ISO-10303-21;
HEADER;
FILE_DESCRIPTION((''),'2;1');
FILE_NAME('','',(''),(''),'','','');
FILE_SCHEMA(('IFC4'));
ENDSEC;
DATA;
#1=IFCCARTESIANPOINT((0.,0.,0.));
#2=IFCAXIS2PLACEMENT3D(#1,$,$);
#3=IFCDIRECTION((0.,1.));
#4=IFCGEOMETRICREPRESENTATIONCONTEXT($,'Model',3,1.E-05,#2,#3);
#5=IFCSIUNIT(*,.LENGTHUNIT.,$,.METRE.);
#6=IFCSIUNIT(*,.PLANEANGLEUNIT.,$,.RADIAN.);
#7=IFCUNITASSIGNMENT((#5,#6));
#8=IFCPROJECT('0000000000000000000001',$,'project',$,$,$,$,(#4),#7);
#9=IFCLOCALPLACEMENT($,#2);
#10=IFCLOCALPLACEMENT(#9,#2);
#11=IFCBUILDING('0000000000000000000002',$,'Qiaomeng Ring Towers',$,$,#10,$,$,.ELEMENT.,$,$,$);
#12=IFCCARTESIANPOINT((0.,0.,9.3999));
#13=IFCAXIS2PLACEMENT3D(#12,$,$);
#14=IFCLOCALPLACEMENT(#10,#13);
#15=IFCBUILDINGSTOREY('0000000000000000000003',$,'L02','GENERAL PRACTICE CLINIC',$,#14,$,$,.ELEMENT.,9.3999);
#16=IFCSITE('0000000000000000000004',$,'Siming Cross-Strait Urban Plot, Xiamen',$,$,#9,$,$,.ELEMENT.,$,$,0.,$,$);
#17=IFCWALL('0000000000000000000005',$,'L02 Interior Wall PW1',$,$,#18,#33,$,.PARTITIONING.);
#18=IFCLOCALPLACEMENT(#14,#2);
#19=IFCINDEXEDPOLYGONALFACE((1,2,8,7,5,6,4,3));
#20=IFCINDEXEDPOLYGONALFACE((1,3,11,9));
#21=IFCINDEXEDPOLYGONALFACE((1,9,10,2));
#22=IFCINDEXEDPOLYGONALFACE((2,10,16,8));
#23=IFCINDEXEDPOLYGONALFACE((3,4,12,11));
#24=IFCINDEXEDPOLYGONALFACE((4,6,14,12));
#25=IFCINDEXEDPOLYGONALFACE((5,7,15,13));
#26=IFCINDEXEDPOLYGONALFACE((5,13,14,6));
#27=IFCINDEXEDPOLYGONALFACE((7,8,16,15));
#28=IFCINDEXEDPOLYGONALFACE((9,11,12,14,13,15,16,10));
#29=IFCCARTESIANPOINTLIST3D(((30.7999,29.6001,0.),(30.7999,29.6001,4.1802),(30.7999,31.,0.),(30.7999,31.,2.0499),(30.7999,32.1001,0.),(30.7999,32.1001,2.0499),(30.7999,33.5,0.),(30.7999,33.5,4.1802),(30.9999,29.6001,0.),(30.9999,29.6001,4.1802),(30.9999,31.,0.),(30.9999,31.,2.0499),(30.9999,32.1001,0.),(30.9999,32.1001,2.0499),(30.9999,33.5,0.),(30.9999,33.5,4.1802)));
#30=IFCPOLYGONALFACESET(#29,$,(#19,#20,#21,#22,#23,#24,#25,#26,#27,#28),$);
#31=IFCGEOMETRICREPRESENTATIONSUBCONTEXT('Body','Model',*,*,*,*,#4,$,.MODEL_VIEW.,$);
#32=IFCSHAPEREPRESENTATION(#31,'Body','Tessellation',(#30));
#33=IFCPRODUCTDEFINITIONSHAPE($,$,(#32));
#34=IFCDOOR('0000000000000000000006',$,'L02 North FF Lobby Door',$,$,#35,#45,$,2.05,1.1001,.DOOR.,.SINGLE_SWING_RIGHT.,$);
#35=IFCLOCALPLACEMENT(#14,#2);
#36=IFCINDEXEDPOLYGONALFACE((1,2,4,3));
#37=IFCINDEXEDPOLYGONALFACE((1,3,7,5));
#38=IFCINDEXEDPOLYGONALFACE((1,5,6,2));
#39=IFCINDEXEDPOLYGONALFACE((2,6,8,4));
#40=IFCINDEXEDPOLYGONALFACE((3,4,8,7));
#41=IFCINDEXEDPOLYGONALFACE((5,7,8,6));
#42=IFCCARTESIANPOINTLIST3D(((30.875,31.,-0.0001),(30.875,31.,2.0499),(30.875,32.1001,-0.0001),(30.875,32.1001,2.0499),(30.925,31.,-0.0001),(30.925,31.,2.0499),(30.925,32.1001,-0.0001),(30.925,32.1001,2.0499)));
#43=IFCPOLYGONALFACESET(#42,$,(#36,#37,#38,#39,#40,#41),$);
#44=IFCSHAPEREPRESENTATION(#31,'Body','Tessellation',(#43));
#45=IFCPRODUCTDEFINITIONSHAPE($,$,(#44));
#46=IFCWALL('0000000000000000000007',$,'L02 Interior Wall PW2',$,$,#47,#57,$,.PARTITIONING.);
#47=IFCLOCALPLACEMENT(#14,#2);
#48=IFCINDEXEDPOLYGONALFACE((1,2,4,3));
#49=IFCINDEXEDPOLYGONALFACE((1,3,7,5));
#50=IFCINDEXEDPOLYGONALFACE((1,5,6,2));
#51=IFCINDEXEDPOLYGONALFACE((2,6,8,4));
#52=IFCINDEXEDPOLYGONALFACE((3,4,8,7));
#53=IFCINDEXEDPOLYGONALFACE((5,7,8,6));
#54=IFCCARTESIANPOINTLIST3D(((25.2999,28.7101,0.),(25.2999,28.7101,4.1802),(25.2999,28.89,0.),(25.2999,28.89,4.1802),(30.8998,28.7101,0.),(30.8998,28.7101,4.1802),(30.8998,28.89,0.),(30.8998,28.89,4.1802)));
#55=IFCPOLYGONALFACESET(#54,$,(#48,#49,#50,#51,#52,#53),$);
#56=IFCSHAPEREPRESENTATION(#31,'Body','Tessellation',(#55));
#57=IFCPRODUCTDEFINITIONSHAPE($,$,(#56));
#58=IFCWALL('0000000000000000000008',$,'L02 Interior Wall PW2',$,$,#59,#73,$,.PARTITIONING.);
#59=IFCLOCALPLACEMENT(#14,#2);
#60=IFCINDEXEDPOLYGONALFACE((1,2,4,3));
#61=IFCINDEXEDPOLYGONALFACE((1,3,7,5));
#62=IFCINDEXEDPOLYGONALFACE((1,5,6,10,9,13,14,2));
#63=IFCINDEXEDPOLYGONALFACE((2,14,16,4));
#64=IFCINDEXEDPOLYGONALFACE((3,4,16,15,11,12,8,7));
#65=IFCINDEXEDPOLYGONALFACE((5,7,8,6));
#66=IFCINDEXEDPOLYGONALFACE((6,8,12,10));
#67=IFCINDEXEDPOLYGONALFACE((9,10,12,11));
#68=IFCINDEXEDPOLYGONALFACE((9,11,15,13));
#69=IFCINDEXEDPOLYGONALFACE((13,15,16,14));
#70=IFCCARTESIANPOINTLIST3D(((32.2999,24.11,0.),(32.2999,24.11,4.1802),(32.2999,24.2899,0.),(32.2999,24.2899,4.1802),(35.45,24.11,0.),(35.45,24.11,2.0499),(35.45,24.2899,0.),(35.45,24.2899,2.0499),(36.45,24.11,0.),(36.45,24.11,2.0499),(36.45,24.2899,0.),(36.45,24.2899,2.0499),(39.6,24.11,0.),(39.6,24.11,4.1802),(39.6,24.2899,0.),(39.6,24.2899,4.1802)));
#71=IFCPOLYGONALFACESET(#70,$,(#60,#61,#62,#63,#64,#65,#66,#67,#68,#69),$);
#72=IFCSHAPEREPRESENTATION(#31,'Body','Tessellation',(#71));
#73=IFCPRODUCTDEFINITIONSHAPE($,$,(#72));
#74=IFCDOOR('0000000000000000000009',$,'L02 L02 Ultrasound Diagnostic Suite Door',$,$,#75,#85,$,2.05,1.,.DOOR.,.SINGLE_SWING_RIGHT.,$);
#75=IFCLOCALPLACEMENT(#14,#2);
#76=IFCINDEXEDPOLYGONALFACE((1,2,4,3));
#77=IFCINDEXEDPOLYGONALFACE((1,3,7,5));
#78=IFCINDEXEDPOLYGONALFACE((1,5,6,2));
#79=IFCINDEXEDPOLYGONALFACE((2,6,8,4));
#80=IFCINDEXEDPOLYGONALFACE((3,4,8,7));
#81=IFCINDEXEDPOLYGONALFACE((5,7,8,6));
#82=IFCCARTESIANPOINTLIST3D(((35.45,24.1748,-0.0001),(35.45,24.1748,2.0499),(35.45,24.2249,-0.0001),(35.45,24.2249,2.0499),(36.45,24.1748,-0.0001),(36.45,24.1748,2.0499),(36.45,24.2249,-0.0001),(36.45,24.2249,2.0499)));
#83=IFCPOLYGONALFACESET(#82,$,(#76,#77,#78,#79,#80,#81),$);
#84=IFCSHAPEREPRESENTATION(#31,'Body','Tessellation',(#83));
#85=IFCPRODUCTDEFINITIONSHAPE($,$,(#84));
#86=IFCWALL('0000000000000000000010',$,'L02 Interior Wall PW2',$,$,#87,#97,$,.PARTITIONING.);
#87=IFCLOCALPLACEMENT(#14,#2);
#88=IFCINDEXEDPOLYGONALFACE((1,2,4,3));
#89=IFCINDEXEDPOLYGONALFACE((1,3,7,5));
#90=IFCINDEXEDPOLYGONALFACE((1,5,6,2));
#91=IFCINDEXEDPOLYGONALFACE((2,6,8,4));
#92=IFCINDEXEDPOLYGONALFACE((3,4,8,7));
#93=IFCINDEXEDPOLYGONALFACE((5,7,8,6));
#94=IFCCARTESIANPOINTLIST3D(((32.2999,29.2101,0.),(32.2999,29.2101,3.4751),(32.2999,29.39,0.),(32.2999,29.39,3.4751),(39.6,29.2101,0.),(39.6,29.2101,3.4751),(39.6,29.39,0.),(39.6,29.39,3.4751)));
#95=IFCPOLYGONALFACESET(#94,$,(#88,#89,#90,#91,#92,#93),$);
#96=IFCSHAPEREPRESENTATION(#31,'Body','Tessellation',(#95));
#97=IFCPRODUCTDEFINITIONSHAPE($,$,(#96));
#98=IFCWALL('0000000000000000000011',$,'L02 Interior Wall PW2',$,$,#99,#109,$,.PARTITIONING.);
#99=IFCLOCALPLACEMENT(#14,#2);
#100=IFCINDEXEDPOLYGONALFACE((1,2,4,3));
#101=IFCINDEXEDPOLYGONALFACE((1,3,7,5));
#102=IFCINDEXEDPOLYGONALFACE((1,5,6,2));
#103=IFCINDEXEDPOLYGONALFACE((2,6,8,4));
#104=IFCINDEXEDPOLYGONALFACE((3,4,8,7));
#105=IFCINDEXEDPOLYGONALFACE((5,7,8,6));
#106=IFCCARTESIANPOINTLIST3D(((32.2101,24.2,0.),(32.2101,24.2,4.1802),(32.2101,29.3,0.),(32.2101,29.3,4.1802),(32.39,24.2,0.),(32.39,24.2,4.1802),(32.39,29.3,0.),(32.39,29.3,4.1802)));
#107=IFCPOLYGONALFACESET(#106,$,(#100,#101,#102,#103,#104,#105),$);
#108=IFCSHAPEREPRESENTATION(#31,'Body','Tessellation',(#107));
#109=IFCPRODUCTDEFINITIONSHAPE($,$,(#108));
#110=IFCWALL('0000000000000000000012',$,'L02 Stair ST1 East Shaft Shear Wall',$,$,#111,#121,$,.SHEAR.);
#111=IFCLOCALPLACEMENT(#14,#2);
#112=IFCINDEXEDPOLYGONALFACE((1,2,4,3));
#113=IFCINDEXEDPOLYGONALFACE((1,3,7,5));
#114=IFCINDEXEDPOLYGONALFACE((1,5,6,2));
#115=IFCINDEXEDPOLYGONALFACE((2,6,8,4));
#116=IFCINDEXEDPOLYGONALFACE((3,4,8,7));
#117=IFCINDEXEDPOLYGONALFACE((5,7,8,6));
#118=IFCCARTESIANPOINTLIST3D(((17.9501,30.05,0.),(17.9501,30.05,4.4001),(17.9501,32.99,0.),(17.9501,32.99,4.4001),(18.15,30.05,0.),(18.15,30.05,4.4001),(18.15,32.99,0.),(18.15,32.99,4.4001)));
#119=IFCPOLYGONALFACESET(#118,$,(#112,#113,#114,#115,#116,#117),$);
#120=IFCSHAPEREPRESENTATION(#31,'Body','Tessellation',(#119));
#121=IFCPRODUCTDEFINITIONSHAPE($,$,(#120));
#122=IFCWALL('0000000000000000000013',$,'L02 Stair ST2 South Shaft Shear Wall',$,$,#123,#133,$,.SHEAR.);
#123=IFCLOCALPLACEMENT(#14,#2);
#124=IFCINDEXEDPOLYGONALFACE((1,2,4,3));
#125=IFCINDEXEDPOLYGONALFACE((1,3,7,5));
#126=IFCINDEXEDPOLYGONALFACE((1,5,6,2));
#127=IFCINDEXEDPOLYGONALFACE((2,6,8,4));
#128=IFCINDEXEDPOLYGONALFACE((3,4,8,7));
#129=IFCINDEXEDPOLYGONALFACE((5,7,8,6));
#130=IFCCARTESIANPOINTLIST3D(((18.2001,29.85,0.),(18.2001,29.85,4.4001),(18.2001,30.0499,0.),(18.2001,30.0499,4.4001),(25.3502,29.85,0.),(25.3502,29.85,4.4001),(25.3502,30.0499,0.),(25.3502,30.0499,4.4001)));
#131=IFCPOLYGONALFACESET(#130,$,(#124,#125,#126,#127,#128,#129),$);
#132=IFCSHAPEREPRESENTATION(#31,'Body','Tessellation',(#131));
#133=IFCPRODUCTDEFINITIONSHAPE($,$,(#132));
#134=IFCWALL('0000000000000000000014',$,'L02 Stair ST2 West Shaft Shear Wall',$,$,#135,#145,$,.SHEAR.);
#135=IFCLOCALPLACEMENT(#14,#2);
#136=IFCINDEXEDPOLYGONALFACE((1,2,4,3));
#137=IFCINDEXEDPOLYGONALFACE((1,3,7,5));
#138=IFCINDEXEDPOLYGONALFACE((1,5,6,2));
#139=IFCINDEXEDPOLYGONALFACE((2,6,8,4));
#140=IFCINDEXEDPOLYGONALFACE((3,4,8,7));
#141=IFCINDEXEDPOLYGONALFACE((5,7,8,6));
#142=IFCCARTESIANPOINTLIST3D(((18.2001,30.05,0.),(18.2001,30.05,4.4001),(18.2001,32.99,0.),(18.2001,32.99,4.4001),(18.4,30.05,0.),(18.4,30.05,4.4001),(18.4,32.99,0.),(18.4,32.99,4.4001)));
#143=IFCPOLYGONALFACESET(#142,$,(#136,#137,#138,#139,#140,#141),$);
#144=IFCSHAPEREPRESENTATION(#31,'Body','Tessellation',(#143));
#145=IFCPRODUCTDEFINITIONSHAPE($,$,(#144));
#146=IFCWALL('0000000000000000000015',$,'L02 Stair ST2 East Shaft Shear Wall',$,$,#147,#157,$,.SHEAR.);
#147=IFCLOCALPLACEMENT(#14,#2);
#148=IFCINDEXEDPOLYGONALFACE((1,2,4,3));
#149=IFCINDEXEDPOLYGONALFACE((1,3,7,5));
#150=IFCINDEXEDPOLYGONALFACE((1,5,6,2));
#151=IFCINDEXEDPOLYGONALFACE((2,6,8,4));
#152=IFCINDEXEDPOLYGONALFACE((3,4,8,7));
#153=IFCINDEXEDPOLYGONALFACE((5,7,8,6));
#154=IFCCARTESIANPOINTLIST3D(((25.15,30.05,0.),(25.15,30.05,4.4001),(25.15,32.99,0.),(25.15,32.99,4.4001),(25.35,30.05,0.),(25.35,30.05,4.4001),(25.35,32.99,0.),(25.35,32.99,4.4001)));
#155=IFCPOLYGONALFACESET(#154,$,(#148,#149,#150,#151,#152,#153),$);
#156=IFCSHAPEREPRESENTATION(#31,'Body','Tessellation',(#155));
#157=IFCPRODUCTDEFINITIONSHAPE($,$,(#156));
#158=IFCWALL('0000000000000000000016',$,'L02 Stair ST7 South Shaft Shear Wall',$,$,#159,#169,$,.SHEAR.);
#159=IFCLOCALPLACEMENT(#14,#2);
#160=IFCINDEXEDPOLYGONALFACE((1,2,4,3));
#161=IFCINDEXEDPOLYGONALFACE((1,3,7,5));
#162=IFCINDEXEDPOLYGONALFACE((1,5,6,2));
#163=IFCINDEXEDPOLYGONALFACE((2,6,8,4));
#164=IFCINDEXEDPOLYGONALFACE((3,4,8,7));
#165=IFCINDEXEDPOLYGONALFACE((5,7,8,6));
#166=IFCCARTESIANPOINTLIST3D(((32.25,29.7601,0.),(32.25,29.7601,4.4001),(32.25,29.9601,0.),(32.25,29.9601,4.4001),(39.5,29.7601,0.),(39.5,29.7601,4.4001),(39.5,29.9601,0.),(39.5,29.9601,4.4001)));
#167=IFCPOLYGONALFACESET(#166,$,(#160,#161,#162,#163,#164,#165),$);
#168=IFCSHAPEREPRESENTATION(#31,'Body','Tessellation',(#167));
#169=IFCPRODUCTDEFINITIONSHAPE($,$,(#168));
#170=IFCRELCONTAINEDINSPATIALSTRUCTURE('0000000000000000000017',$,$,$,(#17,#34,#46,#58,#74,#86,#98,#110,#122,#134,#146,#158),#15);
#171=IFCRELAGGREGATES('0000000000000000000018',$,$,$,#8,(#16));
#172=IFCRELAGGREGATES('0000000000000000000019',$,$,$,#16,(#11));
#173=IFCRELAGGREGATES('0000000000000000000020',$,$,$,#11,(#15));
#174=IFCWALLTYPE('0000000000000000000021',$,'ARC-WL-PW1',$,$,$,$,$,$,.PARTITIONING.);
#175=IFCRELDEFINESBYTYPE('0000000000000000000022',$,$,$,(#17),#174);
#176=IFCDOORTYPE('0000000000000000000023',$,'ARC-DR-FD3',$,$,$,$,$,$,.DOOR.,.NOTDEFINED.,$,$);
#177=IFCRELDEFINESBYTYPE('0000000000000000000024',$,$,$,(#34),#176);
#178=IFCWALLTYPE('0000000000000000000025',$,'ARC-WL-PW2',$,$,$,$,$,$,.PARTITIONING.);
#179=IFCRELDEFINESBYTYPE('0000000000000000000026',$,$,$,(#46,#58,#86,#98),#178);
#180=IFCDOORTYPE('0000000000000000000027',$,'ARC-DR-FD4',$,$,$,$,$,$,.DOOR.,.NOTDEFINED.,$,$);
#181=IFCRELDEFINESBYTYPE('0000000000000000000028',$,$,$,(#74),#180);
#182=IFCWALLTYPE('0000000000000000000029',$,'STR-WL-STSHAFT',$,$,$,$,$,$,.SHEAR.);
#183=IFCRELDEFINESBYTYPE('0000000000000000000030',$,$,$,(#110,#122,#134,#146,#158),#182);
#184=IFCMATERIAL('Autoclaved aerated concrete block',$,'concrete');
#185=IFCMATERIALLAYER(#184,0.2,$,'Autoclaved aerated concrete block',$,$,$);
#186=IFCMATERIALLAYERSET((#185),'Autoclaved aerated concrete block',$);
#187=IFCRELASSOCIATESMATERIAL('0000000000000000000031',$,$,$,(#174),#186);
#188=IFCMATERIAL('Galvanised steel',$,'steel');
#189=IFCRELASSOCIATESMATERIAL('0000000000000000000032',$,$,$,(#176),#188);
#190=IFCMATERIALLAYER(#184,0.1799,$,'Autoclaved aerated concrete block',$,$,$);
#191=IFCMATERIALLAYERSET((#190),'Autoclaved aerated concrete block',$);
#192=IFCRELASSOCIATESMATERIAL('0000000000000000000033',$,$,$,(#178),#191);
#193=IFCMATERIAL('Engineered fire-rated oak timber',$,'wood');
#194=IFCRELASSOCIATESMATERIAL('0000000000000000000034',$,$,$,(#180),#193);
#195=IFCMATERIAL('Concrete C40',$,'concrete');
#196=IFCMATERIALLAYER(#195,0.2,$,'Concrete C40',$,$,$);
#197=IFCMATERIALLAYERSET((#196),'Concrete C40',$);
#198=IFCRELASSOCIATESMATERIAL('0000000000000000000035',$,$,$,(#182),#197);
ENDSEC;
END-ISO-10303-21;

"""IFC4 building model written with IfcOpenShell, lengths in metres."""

from ifc_helpers import new_model, si_unit, direction, frame, frame_2d, origin, place, context, subcontext, project, spatial, rectangle, extrude, source, transform, mapped, material, layer, layer_set, type_object, element, fill, save


model = new_model("IFC4")

# Units and contexts
model_context = context("Model", 3, precision=1e-05, world=origin(), true_north=direction((0.0, 1.0)))
body_context = subcontext(model_context, "Body", "Model", "MODEL_VIEW")
ifc_project = project(units=[si_unit("LENGTHUNIT", "METRE"), si_unit("PLANEANGLEUNIT", "RADIAN")], contexts=[model_context])

# Site, building, storey
site_placement = place(None, origin())
site = spatial("IfcSite", under=ifc_project, at=site_placement, Name="Siming Cross-Strait Urban Plot, Xiamen", CompositionType="ELEMENT", RefElevation=0.0)
building_placement = place(site_placement, origin())
building = spatial("IfcBuilding", under=site, at=building_placement, Name="Qiaomeng Ring Towers", CompositionType="ELEMENT")
storey_placement = place(building_placement, frame((0.0, 0.0, 9.3999)))
storey = spatial("IfcBuildingStorey", under=building, at=storey_placement, Name="L02", Description="GENERAL PRACTICE CLINIC", CompositionType="ELEMENT", Elevation=9.3999)

# Shared definitions
ifc_material_1 = material(Name="Autoclaved aerated concrete block", Category="concrete")
ifc_layer_1 = layer(ifc_material_1, 0.2, Name="Autoclaved aerated concrete block")
ifc_layer_set_1 = layer_set([ifc_layer_1], Name="Autoclaved aerated concrete block")
wall_type_1 = type_object("IfcWallType", Name="ARC-WL-PW1", PredefinedType="PARTITIONING", material=ifc_layer_set_1)

# Wall, opening, door
wall_1_placement = place(storey_placement, frame((30.8999, 29.6001, 0.0), z_axis=(0.0, 0.0, 1.0), x_axis=(0.0, 1.0, 0.0)))
wall_1 = element("IfcWall", 1, at=wall_1_placement, inside=storey, type_object=wall_type_1, Name="L02 Interior Wall PW1", PredefinedType="PARTITIONING", context=body_context, shape_type="SweptSolid", body=[
    extrude(rectangle(XDim=3.8999, YDim=0.2, at=frame_2d((1.95, 0.0))), origin(), (0.0, 0.0, 1.0), 4.1802),
])
opening_1_placement = place(wall_1_placement, frame((1.3999, 0.0, 0.0)))
opening_1 = element("IfcOpeningElement", 2, at=opening_1_placement, cuts=wall_1, PredefinedType="OPENING", context=body_context, shape_type="SweptSolid", body=[
    extrude(rectangle(XDim=1.1001, YDim=2.05, at=frame_2d((0.55, 1.0249))), frame((0.0, 0.1099, 0.0), z_axis=(0.0, -1.0, 0.0), x_axis=(1.0, 0.0, 0.0)), (0.0, 0.0, 1.0), 0.22),
])
ifc_material_2 = material(Name="Galvanised steel", Category="steel")
door_type_1 = type_object("IfcDoorType", Name="ARC-DR-FD3", OperationType="NOTDEFINED", PredefinedType="DOOR", material=ifc_material_2)
shared_shape_1 = source(origin(), body_context, "Body", "SweptSolid", [
    extrude(rectangle(XDim=1.1001, YDim=2.05, at=frame_2d((0.55, 1.0249))), frame((0.0, 0.0249, 0.0), z_axis=(0.0, -1.0, 0.0), x_axis=(1.0, 0.0, 0.0)), (0.0, 0.0, 1.0), 0.05),
])
door_1_placement = place(opening_1_placement, origin())
door_1 = element("IfcDoor", 3, at=door_1_placement, inside=storey, type_object=door_type_1, Name="L02 North FF Lobby Door", OperationType="SINGLE_SWING_RIGHT", OverallHeight=2.05, OverallWidth=1.1001, PredefinedType="DOOR", context=body_context, shape_type="MappedRepresentation", body=[
    mapped(shared_shape_1, transform((0.0, 0.0, 0.0), x_axis=(1.0, 0.0, 0.0), y_axis=(0.0, 1.0, 0.0), z_axis=(0.0, 0.0, 1.0), scale=1.0)),
])
fill(opening_1, door_1)

# Wall
ifc_layer_2 = layer(ifc_material_1, 0.1799, Name="Autoclaved aerated concrete block")
ifc_layer_set_2 = layer_set([ifc_layer_2], Name="Autoclaved aerated concrete block")
wall_type_2 = type_object("IfcWallType", Name="ARC-WL-PW2", PredefinedType="PARTITIONING", material=ifc_layer_set_2)
wall_2_placement = place(storey_placement, frame((25.3, 28.8, 0.0), z_axis=(0.0, 0.0, 1.0), x_axis=(1.0, 0.0, 0.0)))
element("IfcWall", 4, at=wall_2_placement, inside=storey, type_object=wall_type_2, Name="L02 Interior Wall PW2", PredefinedType="PARTITIONING", context=body_context, shape_type="SweptSolid", body=[
    extrude(rectangle(XDim=5.5999, YDim=0.1799, at=frame_2d((2.7998, 0.0))), origin(), (0.0, 0.0, 1.0), 4.1802),
])

# Wall, opening, door
wall_3_placement = place(storey_placement, frame((32.3, 24.2, 0.0), z_axis=(0.0, 0.0, 1.0), x_axis=(1.0, 0.0, 0.0)))
wall_3 = element("IfcWall", 5, at=wall_3_placement, inside=storey, type_object=wall_type_2, Name="L02 Interior Wall PW2", PredefinedType="PARTITIONING", context=body_context, shape_type="SweptSolid", body=[
    extrude(rectangle(XDim=7.3, YDim=0.1799, at=frame_2d((3.6499, 0.0))), origin(), (0.0, 0.0, 1.0), 4.1802),
])
opening_2_placement = place(wall_3_placement, frame((3.1499, 0.0, 0.0)))
opening_2 = element("IfcOpeningElement", 6, at=opening_2_placement, cuts=wall_3, PredefinedType="OPENING", context=body_context, shape_type="SweptSolid", body=[
    extrude(rectangle(XDim=1.0, YDim=2.05, at=frame_2d((0.5, 1.0249))), frame((0.0, 0.0999, 0.0), z_axis=(0.0, -1.0, 0.0), x_axis=(1.0, 0.0, 0.0)), (0.0, 0.0, 1.0), 0.2),
])
ifc_material_3 = material(Name="Engineered fire-rated oak timber", Category="wood")
door_type_2 = type_object("IfcDoorType", Name="ARC-DR-FD4", OperationType="NOTDEFINED", PredefinedType="DOOR", material=ifc_material_3)
shared_shape_2 = source(origin(), body_context, "Body", "SweptSolid", [
    extrude(rectangle(XDim=1.0, YDim=2.05, at=frame_2d((0.5, 1.0249))), frame((0.0, 0.0249, 0.0), z_axis=(0.0, -1.0, 0.0), x_axis=(1.0, 0.0, 0.0)), (0.0, 0.0, 1.0), 0.05),
])
door_2_placement = place(opening_2_placement, origin())
door_2 = element("IfcDoor", 7, at=door_2_placement, inside=storey, type_object=door_type_2, Name="L02 L02 Ultrasound Diagnostic Suite Door", OperationType="SINGLE_SWING_RIGHT", OverallHeight=2.05, OverallWidth=1.0, PredefinedType="DOOR", context=body_context, shape_type="MappedRepresentation", body=[
    mapped(shared_shape_2, transform((0.0, 0.0, 0.0), x_axis=(1.0, 0.0, 0.0), y_axis=(0.0, 1.0, 0.0), z_axis=(0.0, 0.0, 1.0), scale=1.0)),
])
fill(opening_2, door_2)

# Walls
wall_4_placement = place(storey_placement, frame((32.3, 29.3, 0.0), z_axis=(0.0, 0.0, 1.0), x_axis=(1.0, 0.0, 0.0)))
element("IfcWall", 8, at=wall_4_placement, inside=storey, type_object=wall_type_2, Name="L02 Interior Wall PW2", PredefinedType="PARTITIONING", context=body_context, shape_type="SweptSolid", body=[
    extrude(rectangle(XDim=7.3, YDim=0.1799, at=frame_2d((3.6499, 0.0))), origin(), (0.0, 0.0, 1.0), 3.4751),
])
wall_5_placement = place(storey_placement, frame((32.3, 24.2, 0.0), z_axis=(0.0, 0.0, 1.0), x_axis=(0.0, 1.0, 0.0)))
element("IfcWall", 9, at=wall_5_placement, inside=storey, type_object=wall_type_2, Name="L02 Interior Wall PW2", PredefinedType="PARTITIONING", context=body_context, shape_type="SweptSolid", body=[
    extrude(rectangle(XDim=5.1001, YDim=0.1799, at=frame_2d((2.55, 0.0))), origin(), (0.0, 0.0, 1.0), 4.1802),
])
ifc_material_4 = material(Name="Concrete C40", Category="concrete")
ifc_layer_3 = layer(ifc_material_4, 0.2, Name="Concrete C40")
ifc_layer_set_3 = layer_set([ifc_layer_3], Name="Concrete C40")
wall_type_3 = type_object("IfcWallType", Name="STR-WL-STSHAFT", PredefinedType="SHEAR", material=ifc_layer_set_3)
wall_6_placement = place(storey_placement, frame((18.05, 30.05, 0.0), z_axis=(0.0, 0.0, 1.0), x_axis=(0.0, 1.0, 0.0)))
element("IfcWall", 10, at=wall_6_placement, inside=storey, type_object=wall_type_3, Name="L02 Stair ST1 East Shaft Shear Wall", PredefinedType="SHEAR", context=body_context, shape_type="SweptSolid", body=[
    extrude(rectangle(XDim=2.9399, YDim=0.2, at=frame_2d((1.47, 0.0))), origin(), (0.0, 0.0, 1.0), 4.4001),
])
wall_7_placement = place(storey_placement, frame((18.2, 29.95, 0.0), z_axis=(0.0, 0.0, 1.0), x_axis=(1.0, 0.0, 0.0)))
element("IfcWall", 11, at=wall_7_placement, inside=storey, type_object=wall_type_3, Name="L02 Stair ST2 South Shaft Shear Wall", PredefinedType="SHEAR", context=body_context, shape_type="SweptSolid", body=[
    extrude(rectangle(XDim=7.1501, YDim=0.2, at=frame_2d((3.5752, 0.0))), origin(), (0.0, 0.0, 1.0), 4.4001),
])
for number, where, z_axis, x_axis, name in (
    (12, (18.3, 30.05, 0.0), (0.0, 0.0, 1.0), (0.0, 1.0, 0.0), "L02 Stair ST2 West Shaft Shear Wall"),
    (13, (25.25, 30.05, 0.0), (0.0, 0.0, 1.0), (0.0, 1.0, 0.0), "L02 Stair ST2 East Shaft Shear Wall"),
):
    element("IfcWall", number, at=place(storey_placement, frame(where, z_axis=z_axis, x_axis=x_axis)), inside=storey, type_object=wall_type_3, Name=name, PredefinedType="SHEAR", context=body_context, shape_type="SweptSolid", body=[
        extrude(rectangle(XDim=2.9399, YDim=0.2, at=frame_2d((1.47, 0.0))), origin(), (0.0, 0.0, 1.0), 4.4001),
    ])
wall_8_placement = place(storey_placement, frame((32.25, 29.8601, 0.0), z_axis=(0.0, 0.0, 1.0), x_axis=(1.0, 0.0, 0.0)))
element("IfcWall", 14, at=wall_8_placement, inside=storey, type_object=wall_type_3, Name="L02 Stair ST7 South Shaft Shear Wall", PredefinedType="SHEAR", context=body_context, shape_type="SweptSolid", body=[
    extrude(rectangle(XDim=7.25, YDim=0.2, at=frame_2d((3.625, 0.0))), origin(), (0.0, 0.0, 1.0), 4.4001),
])

save(model, "model.ifc")
